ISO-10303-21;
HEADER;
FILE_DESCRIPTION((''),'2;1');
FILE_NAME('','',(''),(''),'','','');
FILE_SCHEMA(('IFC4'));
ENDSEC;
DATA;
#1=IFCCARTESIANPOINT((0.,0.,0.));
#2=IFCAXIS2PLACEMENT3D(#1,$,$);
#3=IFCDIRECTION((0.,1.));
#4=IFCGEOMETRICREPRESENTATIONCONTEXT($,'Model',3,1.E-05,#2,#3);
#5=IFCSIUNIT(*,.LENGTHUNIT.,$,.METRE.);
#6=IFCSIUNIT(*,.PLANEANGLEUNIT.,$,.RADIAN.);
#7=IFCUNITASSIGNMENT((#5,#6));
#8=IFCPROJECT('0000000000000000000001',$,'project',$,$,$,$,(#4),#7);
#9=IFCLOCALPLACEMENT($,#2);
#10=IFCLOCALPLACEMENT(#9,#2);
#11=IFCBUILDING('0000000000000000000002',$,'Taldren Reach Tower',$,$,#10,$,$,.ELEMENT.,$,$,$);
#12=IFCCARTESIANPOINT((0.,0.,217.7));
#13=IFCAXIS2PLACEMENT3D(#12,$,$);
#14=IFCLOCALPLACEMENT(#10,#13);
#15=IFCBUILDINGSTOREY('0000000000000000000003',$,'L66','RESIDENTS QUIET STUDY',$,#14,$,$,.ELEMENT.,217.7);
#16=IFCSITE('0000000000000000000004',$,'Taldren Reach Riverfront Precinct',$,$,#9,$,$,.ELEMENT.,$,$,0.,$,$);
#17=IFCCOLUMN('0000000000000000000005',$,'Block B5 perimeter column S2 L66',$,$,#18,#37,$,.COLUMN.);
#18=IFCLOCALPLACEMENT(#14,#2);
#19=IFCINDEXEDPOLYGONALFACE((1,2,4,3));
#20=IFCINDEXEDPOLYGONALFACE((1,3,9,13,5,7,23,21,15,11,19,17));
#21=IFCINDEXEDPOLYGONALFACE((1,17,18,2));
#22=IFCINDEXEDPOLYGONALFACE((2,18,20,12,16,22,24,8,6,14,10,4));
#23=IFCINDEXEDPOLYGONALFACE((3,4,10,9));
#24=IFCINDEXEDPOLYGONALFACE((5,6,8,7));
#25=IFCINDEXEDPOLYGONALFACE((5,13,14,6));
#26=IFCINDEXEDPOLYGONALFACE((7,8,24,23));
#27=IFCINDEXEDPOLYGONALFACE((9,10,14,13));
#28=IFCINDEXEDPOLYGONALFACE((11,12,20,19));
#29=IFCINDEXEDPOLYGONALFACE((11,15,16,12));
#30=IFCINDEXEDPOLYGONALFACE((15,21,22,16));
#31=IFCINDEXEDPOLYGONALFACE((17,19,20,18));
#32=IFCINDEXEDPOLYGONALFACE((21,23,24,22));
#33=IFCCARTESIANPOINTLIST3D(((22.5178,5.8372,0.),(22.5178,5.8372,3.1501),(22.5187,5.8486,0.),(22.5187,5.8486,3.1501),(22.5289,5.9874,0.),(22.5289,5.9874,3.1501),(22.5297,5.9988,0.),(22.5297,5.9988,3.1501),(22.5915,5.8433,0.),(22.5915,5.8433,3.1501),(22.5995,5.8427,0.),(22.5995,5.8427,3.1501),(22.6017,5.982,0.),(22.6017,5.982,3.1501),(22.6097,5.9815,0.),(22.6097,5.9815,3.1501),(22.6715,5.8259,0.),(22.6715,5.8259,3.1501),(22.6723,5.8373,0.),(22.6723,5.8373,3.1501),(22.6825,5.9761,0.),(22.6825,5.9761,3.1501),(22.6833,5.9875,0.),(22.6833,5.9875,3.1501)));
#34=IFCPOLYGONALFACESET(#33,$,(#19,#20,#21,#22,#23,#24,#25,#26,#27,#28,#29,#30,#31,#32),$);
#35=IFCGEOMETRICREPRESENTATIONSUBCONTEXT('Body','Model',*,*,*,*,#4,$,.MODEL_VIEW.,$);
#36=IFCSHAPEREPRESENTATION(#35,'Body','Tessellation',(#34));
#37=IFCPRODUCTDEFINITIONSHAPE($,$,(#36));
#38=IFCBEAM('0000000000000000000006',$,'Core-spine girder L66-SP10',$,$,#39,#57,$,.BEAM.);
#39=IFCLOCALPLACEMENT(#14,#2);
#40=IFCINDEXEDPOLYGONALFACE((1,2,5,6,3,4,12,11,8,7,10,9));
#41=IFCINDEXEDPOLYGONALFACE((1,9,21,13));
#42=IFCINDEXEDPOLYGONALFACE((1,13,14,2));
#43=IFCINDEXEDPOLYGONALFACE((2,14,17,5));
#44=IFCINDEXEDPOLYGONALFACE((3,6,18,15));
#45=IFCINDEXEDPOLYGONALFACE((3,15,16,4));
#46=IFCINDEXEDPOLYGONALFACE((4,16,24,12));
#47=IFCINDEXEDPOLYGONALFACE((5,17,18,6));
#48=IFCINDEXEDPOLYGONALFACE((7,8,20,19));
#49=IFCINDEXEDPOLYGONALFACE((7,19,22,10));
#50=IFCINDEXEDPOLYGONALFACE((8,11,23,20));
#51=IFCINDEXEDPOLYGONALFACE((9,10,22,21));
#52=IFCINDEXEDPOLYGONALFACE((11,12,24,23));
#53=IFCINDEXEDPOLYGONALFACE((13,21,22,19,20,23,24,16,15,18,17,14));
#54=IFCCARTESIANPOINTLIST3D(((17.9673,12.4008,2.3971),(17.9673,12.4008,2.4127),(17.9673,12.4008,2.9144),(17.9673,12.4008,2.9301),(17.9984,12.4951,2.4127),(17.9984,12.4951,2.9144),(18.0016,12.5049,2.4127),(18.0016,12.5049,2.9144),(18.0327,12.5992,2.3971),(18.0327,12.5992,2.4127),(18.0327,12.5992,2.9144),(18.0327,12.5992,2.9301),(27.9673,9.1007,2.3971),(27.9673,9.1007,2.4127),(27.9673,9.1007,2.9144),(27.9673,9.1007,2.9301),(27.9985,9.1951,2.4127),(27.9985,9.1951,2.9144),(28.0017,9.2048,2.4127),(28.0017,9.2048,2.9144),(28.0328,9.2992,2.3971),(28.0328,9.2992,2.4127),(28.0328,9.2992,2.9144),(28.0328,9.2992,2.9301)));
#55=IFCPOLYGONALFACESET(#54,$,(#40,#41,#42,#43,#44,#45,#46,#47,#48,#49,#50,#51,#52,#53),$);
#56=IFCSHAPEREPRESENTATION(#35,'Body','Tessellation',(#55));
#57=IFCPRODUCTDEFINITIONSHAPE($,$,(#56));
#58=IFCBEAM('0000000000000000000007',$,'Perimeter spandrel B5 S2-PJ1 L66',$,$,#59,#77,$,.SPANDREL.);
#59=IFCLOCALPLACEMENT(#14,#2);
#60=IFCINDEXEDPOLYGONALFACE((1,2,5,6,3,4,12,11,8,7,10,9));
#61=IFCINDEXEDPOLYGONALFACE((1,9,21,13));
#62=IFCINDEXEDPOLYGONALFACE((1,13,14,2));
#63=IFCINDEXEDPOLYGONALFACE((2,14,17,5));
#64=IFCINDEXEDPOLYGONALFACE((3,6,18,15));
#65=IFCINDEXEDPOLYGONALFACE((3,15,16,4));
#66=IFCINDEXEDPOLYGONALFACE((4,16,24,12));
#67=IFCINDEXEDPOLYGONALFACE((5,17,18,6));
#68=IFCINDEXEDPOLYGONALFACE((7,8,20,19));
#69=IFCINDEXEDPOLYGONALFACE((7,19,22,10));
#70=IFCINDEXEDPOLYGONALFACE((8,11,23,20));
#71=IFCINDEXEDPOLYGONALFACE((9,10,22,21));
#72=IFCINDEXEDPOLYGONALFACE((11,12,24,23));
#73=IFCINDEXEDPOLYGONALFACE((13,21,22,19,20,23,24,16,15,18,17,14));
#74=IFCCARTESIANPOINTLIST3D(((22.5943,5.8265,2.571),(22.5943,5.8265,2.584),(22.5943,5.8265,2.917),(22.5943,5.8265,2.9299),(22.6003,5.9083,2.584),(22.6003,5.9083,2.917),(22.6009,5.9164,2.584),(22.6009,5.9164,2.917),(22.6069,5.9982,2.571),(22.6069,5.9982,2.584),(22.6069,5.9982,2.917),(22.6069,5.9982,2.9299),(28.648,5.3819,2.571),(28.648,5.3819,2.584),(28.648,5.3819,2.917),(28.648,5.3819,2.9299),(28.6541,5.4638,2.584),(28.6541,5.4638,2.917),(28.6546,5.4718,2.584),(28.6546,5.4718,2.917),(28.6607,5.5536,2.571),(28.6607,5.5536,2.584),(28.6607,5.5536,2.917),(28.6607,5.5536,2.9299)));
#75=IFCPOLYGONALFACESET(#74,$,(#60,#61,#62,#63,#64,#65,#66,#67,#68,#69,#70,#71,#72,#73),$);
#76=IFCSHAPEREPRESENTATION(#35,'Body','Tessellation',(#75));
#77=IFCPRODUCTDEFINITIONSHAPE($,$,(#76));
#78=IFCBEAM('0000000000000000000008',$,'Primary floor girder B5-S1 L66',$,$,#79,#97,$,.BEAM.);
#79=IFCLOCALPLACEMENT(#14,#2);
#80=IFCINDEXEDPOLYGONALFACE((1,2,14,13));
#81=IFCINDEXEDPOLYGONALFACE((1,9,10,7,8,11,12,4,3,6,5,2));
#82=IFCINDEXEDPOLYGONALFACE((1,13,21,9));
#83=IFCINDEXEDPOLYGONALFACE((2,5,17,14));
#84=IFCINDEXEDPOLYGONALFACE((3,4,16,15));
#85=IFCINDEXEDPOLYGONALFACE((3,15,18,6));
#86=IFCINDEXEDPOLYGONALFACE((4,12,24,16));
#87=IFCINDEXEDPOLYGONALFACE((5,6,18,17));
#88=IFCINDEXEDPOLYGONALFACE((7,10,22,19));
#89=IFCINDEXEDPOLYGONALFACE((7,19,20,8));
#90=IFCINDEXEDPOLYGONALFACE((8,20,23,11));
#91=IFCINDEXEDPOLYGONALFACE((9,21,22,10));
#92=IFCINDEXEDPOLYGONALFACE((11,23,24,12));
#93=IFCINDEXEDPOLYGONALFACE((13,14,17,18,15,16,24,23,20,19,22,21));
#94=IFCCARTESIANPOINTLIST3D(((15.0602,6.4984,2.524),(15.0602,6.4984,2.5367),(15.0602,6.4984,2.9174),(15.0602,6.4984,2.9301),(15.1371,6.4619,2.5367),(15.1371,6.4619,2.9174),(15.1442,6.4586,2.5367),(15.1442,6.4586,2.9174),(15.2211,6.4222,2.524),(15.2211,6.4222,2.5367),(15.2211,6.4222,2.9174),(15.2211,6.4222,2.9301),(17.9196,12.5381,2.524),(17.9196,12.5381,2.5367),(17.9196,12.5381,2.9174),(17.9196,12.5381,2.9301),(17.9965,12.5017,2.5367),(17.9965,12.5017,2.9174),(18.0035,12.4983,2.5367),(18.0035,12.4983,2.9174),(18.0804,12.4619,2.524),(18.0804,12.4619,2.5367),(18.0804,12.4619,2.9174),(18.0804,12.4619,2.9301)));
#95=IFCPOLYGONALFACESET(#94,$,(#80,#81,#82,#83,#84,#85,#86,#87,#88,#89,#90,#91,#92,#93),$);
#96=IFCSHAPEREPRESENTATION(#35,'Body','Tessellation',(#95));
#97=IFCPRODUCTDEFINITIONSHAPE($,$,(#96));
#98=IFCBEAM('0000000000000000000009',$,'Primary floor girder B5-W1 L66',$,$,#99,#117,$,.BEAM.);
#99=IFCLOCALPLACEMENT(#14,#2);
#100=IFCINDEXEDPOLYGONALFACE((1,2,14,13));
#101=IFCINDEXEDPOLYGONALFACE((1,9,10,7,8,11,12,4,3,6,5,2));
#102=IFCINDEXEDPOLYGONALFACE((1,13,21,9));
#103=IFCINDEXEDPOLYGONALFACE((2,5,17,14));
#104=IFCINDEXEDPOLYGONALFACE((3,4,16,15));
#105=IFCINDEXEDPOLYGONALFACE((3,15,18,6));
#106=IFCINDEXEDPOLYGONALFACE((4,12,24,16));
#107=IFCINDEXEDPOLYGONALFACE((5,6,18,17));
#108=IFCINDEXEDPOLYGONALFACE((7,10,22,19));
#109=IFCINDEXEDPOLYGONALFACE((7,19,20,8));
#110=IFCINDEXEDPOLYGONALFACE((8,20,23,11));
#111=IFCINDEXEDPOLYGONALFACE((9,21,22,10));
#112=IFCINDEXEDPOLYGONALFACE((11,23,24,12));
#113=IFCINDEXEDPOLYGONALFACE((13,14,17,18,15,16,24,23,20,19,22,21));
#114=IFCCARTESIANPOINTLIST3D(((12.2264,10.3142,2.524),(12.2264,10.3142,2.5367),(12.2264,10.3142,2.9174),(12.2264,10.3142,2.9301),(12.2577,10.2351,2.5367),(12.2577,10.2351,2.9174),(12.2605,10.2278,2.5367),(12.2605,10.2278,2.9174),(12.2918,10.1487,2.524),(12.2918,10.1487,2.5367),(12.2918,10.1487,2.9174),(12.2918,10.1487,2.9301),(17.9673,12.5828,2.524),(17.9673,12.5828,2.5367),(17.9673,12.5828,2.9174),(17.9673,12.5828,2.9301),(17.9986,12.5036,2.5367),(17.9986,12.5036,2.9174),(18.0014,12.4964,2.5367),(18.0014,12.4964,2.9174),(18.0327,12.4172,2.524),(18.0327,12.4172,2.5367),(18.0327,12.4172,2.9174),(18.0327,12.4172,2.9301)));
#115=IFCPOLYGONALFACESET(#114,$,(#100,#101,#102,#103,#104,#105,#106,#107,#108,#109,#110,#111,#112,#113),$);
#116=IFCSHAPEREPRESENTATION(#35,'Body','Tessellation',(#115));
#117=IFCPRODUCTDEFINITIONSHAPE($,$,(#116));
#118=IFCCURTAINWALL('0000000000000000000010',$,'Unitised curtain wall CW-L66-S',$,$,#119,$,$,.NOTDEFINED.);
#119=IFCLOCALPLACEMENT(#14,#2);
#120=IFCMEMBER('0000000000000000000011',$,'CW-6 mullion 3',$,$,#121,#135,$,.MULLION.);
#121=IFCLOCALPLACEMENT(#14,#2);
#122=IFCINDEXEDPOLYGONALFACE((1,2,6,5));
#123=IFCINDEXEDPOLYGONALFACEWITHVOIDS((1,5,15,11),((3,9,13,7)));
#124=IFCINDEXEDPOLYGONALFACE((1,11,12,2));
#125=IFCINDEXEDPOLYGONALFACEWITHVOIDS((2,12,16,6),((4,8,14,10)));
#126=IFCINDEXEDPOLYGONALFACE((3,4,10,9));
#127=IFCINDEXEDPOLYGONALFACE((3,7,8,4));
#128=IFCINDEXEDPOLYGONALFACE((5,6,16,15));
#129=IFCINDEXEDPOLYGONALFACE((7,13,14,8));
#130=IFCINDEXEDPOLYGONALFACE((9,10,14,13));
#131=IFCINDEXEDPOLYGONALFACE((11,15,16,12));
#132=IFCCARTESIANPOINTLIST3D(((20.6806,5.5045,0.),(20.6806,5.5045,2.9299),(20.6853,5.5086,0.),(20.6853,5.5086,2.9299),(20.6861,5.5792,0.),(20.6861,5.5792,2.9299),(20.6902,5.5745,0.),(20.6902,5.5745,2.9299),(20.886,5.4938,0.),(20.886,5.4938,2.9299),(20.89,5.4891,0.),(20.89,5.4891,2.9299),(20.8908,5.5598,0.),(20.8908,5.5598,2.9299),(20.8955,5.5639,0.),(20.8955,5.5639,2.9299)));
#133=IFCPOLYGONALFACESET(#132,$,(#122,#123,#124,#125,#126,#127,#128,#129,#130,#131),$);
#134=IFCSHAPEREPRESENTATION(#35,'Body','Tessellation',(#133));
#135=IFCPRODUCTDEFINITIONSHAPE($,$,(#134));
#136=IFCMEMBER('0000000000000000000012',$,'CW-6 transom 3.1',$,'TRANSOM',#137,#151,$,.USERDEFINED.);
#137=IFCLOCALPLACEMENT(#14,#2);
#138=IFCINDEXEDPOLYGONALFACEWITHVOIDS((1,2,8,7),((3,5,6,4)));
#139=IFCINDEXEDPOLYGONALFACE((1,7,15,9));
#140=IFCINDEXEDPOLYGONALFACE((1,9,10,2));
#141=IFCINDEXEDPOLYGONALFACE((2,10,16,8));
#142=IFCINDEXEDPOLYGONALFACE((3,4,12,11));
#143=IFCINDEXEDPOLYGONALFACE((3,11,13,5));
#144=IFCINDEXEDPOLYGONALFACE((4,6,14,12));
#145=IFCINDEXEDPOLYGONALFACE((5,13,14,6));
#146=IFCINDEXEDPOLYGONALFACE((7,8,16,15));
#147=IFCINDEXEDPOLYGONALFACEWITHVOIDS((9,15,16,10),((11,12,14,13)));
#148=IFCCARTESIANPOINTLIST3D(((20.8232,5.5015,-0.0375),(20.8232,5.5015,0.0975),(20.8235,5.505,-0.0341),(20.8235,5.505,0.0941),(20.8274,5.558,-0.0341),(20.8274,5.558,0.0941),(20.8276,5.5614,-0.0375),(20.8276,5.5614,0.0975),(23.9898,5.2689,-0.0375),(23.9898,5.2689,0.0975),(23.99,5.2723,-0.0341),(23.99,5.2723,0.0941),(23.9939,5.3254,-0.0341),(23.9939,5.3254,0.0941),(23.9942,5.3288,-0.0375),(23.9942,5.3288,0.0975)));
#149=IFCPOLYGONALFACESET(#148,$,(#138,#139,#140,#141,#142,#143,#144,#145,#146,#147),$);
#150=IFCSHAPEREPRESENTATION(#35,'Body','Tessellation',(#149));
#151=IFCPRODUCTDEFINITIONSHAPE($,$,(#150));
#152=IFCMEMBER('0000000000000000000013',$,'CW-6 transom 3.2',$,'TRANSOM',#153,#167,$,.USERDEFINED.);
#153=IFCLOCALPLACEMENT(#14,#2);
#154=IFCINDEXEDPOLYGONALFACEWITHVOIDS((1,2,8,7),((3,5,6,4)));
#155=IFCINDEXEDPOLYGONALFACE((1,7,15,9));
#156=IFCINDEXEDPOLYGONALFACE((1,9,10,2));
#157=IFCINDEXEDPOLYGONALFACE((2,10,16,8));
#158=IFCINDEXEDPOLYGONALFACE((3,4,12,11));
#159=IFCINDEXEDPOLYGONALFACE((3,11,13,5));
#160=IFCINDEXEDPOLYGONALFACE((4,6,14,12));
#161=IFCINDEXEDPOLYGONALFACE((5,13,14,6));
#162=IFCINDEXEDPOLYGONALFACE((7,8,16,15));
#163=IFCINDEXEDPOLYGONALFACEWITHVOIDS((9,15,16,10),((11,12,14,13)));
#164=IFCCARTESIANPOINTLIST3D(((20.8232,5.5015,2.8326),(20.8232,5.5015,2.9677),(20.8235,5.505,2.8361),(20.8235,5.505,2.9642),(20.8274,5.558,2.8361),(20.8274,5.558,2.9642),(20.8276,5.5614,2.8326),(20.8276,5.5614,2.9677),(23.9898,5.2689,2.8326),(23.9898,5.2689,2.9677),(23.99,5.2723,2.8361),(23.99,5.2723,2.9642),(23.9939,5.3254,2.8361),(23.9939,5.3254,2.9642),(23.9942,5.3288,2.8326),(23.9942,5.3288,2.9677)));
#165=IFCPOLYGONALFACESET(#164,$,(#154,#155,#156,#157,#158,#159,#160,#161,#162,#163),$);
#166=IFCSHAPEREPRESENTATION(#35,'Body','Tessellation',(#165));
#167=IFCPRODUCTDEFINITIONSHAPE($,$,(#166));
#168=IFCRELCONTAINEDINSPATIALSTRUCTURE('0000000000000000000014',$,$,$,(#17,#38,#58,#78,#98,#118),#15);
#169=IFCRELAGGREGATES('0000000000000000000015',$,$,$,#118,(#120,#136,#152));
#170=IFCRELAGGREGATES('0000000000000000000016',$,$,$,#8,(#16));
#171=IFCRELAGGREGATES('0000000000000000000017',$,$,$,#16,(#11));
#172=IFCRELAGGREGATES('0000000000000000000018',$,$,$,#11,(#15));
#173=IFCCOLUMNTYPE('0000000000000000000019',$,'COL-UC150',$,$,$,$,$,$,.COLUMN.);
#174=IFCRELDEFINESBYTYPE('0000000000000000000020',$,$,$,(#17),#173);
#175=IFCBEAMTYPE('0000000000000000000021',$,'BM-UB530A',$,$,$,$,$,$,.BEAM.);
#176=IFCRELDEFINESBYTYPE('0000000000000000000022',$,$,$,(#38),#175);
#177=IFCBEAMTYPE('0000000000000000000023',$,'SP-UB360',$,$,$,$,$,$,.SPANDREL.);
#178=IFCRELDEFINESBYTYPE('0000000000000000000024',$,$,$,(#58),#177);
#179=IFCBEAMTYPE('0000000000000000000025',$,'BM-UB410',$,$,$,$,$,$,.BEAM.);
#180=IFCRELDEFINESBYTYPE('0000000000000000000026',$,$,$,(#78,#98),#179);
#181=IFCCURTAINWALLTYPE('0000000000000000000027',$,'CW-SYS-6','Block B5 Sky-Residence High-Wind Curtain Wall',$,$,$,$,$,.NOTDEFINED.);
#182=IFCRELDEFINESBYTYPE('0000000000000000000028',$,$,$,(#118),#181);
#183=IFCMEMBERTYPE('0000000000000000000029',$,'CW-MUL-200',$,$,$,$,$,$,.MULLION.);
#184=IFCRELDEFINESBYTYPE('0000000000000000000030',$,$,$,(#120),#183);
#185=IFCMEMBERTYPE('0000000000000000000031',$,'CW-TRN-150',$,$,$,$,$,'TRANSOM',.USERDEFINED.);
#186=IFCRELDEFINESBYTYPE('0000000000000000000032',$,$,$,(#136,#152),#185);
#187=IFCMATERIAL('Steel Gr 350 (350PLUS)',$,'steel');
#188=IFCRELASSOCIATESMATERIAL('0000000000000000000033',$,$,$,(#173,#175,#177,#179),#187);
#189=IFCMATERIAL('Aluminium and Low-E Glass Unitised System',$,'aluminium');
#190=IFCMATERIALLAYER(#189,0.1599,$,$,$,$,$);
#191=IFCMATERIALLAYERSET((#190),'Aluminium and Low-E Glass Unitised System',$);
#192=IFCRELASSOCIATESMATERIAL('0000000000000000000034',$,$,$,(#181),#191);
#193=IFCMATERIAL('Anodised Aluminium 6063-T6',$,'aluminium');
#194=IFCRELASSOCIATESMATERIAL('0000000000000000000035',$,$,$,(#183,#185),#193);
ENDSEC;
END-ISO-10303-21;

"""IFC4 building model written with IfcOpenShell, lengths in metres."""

from ifc_helpers import new_model, si_unit, direction, frame, origin, origin_2d, place, context, subcontext, project, spatial, hollow_rectangle, i_section, extrude, source, transform, mapped, material, layer, layer_set, material_profile, profile_set, type_object, element, aggregate, save


model = new_model("IFC4")

# Units and contexts
model_context = context("Model", 3, precision=1e-05, world=origin(), true_north=direction((0.0, 1.0)))
body_context = subcontext(model_context, "Body", "Model", "MODEL_VIEW")
ifc_project = project(units=[si_unit("LENGTHUNIT", "METRE"), si_unit("PLANEANGLEUNIT", "RADIAN")], contexts=[model_context])

# Site, building, storey
site_placement = place(None, origin())
site = spatial("IfcSite", under=ifc_project, at=site_placement, Name="Taldren Reach Riverfront Precinct", CompositionType="ELEMENT", RefElevation=0.0)
building_placement = place(site_placement, origin())
building = spatial("IfcBuilding", under=site, at=building_placement, Name="Taldren Reach Tower", CompositionType="ELEMENT")
storey_placement = place(building_placement, frame((0.0, 0.0, 217.7)))
storey = spatial("IfcBuildingStorey", under=building, at=storey_placement, Name="L66", Description="RESIDENTS QUIET STUDY", CompositionType="ELEMENT", Elevation=217.7)

# Column
ifc_material_1 = material(Name="Steel Gr 350 (350PLUS)", Category="steel")
ifc_material_profile_1 = material_profile(ifc_material_1, i_section(OverallWidth=0.1541, OverallDepth=0.1621, WebThickness=0.0081, FlangeThickness=0.0115, at=origin_2d()), Name="150UC37.2")
ifc_profile_set_1 = profile_set([ifc_material_profile_1], Name="Steel Gr 350 (350PLUS)")
column_type = type_object("IfcColumnType", Name="COL-UC150", PredefinedType="COLUMN", material=ifc_profile_set_1)
shared_shape_1 = source(origin(), body_context, "Body", "SweptSolid", [
    extrude(i_section(OverallWidth=0.1541, OverallDepth=0.1621, WebThickness=0.0081, FlangeThickness=0.0115, at=origin_2d()), origin(), (0.0, 0.0, 1.0), 3.1501),
])
column_placement = place(storey_placement, frame((22.6006, 5.9124, 0.0), z_axis=(0.0, 0.0, 1.0), x_axis=(0.997314, -0.073238, 0.0)))
element("IfcColumn", 1, at=column_placement, inside=storey, type_object=column_type, Name="Block B5 perimeter column S2 L66", PredefinedType="COLUMN", context=body_context, shape_type="MappedRepresentation", body=[
    mapped(shared_shape_1, transform((0.0, 0.0, 0.0), scale=1.0)),
])

# Beams
ifc_material_profile_2 = material_profile(ifc_material_1, i_section(OverallWidth=0.209, OverallDepth=0.533, WebThickness=0.0103, FlangeThickness=0.0156, at=origin_2d()), Name="530UB92.4")
ifc_profile_set_2 = profile_set([ifc_material_profile_2], Name="Steel Gr 350 (350PLUS)")
beam_type_1 = type_object("IfcBeamType", Name="BM-UB530A", PredefinedType="BEAM", material=ifc_profile_set_2)
shared_shape_2 = source(origin(), body_context, "Body", "SweptSolid", [
    extrude(i_section(OverallWidth=0.209, OverallDepth=0.533, WebThickness=0.0103, FlangeThickness=0.0156, at=origin_2d()), origin(), (0.0, 0.0, 1.0), 10.5305),
])
beam_1_placement = place(storey_placement, frame((18.0, 12.5, 2.6636), z_axis=(0.949627, -0.313382, 0.0), x_axis=(0.313382, 0.949627, 0.0)))
element("IfcBeam", 2, at=beam_1_placement, inside=storey, type_object=beam_type_1, Name="Core-spine girder L66-SP10", PredefinedType="BEAM", context=body_context, shape_type="MappedRepresentation", body=[
    mapped(shared_shape_2, transform((0.0, 0.0, 0.0), scale=1.0)),
])
ifc_material_profile_3 = material_profile(ifc_material_1, i_section(OverallWidth=0.1721, OverallDepth=0.3589, WebThickness=0.0081, FlangeThickness=0.0129, at=origin_2d()), Name="360UB56.7")
ifc_profile_set_3 = profile_set([ifc_material_profile_3], Name="Steel Gr 350 (350PLUS)")
beam_type_2 = type_object("IfcBeamType", Name="SP-UB360", PredefinedType="SPANDREL", material=ifc_profile_set_3)
shared_shape_3 = source(origin(), body_context, "Body", "SweptSolid", [
    extrude(i_section(OverallWidth=0.1721, OverallDepth=0.3589, WebThickness=0.0081, FlangeThickness=0.0129, at=origin_2d()), origin(), (0.0, 0.0, 1.0), 6.0701),
])
beam_2_placement = place(storey_placement, frame((22.6006, 5.9124, 2.7505), z_axis=(0.997314, -0.073242, 0.0), x_axis=(0.073242, 0.997314, 0.0)))
element("IfcBeam", 3, at=beam_2_placement, inside=storey, type_object=beam_type_2, Name="Perimeter spandrel B5 S2-PJ1 L66", PredefinedType="SPANDREL", context=body_context, shape_type="MappedRepresentation", body=[
    mapped(shared_shape_3, transform((0.0, 0.0, 0.0), scale=1.0)),
])
ifc_material_profile_4 = material_profile(ifc_material_1, i_section(OverallWidth=0.178, OverallDepth=0.406, WebThickness=0.0078, FlangeThickness=0.0127, at=origin_2d()), Name="410UB59.7")
ifc_profile_set_4 = profile_set([ifc_material_profile_4], Name="Steel Gr 350 (350PLUS)")
beam_type_3 = type_object("IfcBeamType", Name="BM-UB410", PredefinedType="BEAM", material=ifc_profile_set_4)
shared_shape_4 = source(origin(), body_context, "Body", "SweptSolid", [
    extrude(i_section(OverallWidth=0.178, OverallDepth=0.406, WebThickness=0.0078, FlangeThickness=0.0127, at=origin_2d()), origin(), (0.0, 0.0, 1.0), 6.6824),
])
beam_3_placement = place(storey_placement, frame((18.0, 12.5, 2.7271), z_axis=(-0.427893, -0.903829, 0.0), x_axis=(0.903829, -0.427893, 0.0)))
element("IfcBeam", 4, at=beam_3_placement, inside=storey, type_object=beam_type_3, Name="Primary floor girder B5-S1 L66", PredefinedType="BEAM", context=body_context, shape_type="MappedRepresentation", body=[
    mapped(shared_shape_4, transform((0.0, 0.0, 0.0), scale=1.0)),
])
shared_shape_5 = source(origin(), body_context, "Body", "SweptSolid", [
    extrude(i_section(OverallWidth=0.178, OverallDepth=0.406, WebThickness=0.0078, FlangeThickness=0.0127, at=origin_2d()), origin(), (0.0, 0.0, 1.0), 6.1729),
])
beam_4_placement = place(storey_placement, frame((18.0, 12.5, 2.7271), z_axis=(-0.930023, -0.367501, 0.0), x_axis=(0.367501, -0.930023, 0.0)))
element("IfcBeam", 5, at=beam_4_placement, inside=storey, type_object=beam_type_3, Name="Primary floor girder B5-W1 L66", PredefinedType="BEAM", context=body_context, shape_type="MappedRepresentation", body=[
    mapped(shared_shape_5, transform((0.0, 0.0, 0.0), scale=1.0)),
])

# Curtain wall, members
ifc_material_2 = material(Name="Aluminium and Low-E Glass Unitised System", Category="aluminium")
ifc_layer_1 = layer(ifc_material_2, 0.1599)
ifc_layer_set_1 = layer_set([ifc_layer_1], Name="Aluminium and Low-E Glass Unitised System")
curtain_wall_type = type_object("IfcCurtainWallType", Name="CW-SYS-6", Description="Block B5 Sky-Residence High-Wind Curtain Wall", PredefinedType="NOTDEFINED", material=ifc_layer_set_1)
curtain_wall_placement = place(storey_placement, origin())
curtain_wall = element("IfcCurtainWall", 6, at=curtain_wall_placement, inside=storey, type_object=curtain_wall_type, Name="Unitised curtain wall CW-L66-S", PredefinedType="NOTDEFINED")
ifc_material_3 = material(Name="Anodised Aluminium 6063-T6", Category="aluminium")
ifc_material_profile_5 = material_profile(ifc_material_3, hollow_rectangle(XDim=0.075, YDim=0.21, WallThickness=0.0044, at=origin_2d()), Name="ALU-210x75x4.5RHS")
ifc_profile_set_5 = profile_set([ifc_material_profile_5], Name="Anodised Aluminium 6063-T6")
member_type_1 = type_object("IfcMemberType", Name="CW-MUL-200", PredefinedType="MULLION", material=ifc_profile_set_5)
shared_shape_6 = source(origin(), body_context, "Body", "SweptSolid", [
    extrude(hollow_rectangle(XDim=0.075, YDim=0.21, WallThickness=0.0044, at=origin_2d()), origin(), (0.0, 0.0, 1.0), 2.9299),
])
member_1_placement = place(storey_placement, frame((20.7881, 5.5342, 0.0), z_axis=(0.0, 0.0, 1.0), x_axis=(0.073238, 0.997314, 0.0)))
member_1 = element("IfcMember", 7, at=member_1_placement, type_object=member_type_1, Name="CW-6 mullion 3", PredefinedType="MULLION", context=body_context, shape_type="MappedRepresentation", body=[
    mapped(shared_shape_6, transform((0.0, 0.0, 0.0), scale=1.0)),
])
ifc_material_profile_6 = material_profile(ifc_material_3, hollow_rectangle(XDim=0.0601, YDim=0.135, WallThickness=0.0034, at=origin_2d()), Name="ALU-135x60x3.5RHS")
ifc_profile_set_6 = profile_set([ifc_material_profile_6], Name="Anodised Aluminium 6063-T6")
member_type_2 = type_object("IfcMemberType", Name="CW-TRN-150", ElementType="TRANSOM", PredefinedType="USERDEFINED", material=ifc_profile_set_6)
shared_shape_7 = source(origin(), body_context, "Body", "SweptSolid", [
    extrude(hollow_rectangle(XDim=0.0601, YDim=0.135, WallThickness=0.0034, at=origin_2d()), origin(), (0.0, 0.0, 1.0), 3.175),
])
member_2_placement = place(storey_placement, frame((20.8254, 5.5315, 0.03), z_axis=(0.997311, -0.07328, 0.0), x_axis=(0.07328, 0.997311, 0.0)))
member_2 = element("IfcMember", 8, at=member_2_placement, type_object=member_type_2, Name="CW-6 transom 3.1", ObjectType="TRANSOM", PredefinedType="USERDEFINED", context=body_context, shape_type="MappedRepresentation", body=[
    mapped(shared_shape_7, transform((0.0, 0.0, 0.0), scale=1.0)),
])
member_3_placement = place(storey_placement, frame((20.8254, 5.5315, 2.9001), z_axis=(0.997311, -0.07328, 0.0), x_axis=(0.07328, 0.997311, 0.0)))
member_3 = element("IfcMember", 9, at=member_3_placement, type_object=member_type_2, Name="CW-6 transom 3.2", ObjectType="TRANSOM", PredefinedType="USERDEFINED", context=body_context, shape_type="MappedRepresentation", body=[
    mapped(shared_shape_7, transform((0.0, 0.0, 0.0), scale=1.0)),
])
aggregate(curtain_wall, [member_1, member_2, member_3])

save(model, "model.ifc")
